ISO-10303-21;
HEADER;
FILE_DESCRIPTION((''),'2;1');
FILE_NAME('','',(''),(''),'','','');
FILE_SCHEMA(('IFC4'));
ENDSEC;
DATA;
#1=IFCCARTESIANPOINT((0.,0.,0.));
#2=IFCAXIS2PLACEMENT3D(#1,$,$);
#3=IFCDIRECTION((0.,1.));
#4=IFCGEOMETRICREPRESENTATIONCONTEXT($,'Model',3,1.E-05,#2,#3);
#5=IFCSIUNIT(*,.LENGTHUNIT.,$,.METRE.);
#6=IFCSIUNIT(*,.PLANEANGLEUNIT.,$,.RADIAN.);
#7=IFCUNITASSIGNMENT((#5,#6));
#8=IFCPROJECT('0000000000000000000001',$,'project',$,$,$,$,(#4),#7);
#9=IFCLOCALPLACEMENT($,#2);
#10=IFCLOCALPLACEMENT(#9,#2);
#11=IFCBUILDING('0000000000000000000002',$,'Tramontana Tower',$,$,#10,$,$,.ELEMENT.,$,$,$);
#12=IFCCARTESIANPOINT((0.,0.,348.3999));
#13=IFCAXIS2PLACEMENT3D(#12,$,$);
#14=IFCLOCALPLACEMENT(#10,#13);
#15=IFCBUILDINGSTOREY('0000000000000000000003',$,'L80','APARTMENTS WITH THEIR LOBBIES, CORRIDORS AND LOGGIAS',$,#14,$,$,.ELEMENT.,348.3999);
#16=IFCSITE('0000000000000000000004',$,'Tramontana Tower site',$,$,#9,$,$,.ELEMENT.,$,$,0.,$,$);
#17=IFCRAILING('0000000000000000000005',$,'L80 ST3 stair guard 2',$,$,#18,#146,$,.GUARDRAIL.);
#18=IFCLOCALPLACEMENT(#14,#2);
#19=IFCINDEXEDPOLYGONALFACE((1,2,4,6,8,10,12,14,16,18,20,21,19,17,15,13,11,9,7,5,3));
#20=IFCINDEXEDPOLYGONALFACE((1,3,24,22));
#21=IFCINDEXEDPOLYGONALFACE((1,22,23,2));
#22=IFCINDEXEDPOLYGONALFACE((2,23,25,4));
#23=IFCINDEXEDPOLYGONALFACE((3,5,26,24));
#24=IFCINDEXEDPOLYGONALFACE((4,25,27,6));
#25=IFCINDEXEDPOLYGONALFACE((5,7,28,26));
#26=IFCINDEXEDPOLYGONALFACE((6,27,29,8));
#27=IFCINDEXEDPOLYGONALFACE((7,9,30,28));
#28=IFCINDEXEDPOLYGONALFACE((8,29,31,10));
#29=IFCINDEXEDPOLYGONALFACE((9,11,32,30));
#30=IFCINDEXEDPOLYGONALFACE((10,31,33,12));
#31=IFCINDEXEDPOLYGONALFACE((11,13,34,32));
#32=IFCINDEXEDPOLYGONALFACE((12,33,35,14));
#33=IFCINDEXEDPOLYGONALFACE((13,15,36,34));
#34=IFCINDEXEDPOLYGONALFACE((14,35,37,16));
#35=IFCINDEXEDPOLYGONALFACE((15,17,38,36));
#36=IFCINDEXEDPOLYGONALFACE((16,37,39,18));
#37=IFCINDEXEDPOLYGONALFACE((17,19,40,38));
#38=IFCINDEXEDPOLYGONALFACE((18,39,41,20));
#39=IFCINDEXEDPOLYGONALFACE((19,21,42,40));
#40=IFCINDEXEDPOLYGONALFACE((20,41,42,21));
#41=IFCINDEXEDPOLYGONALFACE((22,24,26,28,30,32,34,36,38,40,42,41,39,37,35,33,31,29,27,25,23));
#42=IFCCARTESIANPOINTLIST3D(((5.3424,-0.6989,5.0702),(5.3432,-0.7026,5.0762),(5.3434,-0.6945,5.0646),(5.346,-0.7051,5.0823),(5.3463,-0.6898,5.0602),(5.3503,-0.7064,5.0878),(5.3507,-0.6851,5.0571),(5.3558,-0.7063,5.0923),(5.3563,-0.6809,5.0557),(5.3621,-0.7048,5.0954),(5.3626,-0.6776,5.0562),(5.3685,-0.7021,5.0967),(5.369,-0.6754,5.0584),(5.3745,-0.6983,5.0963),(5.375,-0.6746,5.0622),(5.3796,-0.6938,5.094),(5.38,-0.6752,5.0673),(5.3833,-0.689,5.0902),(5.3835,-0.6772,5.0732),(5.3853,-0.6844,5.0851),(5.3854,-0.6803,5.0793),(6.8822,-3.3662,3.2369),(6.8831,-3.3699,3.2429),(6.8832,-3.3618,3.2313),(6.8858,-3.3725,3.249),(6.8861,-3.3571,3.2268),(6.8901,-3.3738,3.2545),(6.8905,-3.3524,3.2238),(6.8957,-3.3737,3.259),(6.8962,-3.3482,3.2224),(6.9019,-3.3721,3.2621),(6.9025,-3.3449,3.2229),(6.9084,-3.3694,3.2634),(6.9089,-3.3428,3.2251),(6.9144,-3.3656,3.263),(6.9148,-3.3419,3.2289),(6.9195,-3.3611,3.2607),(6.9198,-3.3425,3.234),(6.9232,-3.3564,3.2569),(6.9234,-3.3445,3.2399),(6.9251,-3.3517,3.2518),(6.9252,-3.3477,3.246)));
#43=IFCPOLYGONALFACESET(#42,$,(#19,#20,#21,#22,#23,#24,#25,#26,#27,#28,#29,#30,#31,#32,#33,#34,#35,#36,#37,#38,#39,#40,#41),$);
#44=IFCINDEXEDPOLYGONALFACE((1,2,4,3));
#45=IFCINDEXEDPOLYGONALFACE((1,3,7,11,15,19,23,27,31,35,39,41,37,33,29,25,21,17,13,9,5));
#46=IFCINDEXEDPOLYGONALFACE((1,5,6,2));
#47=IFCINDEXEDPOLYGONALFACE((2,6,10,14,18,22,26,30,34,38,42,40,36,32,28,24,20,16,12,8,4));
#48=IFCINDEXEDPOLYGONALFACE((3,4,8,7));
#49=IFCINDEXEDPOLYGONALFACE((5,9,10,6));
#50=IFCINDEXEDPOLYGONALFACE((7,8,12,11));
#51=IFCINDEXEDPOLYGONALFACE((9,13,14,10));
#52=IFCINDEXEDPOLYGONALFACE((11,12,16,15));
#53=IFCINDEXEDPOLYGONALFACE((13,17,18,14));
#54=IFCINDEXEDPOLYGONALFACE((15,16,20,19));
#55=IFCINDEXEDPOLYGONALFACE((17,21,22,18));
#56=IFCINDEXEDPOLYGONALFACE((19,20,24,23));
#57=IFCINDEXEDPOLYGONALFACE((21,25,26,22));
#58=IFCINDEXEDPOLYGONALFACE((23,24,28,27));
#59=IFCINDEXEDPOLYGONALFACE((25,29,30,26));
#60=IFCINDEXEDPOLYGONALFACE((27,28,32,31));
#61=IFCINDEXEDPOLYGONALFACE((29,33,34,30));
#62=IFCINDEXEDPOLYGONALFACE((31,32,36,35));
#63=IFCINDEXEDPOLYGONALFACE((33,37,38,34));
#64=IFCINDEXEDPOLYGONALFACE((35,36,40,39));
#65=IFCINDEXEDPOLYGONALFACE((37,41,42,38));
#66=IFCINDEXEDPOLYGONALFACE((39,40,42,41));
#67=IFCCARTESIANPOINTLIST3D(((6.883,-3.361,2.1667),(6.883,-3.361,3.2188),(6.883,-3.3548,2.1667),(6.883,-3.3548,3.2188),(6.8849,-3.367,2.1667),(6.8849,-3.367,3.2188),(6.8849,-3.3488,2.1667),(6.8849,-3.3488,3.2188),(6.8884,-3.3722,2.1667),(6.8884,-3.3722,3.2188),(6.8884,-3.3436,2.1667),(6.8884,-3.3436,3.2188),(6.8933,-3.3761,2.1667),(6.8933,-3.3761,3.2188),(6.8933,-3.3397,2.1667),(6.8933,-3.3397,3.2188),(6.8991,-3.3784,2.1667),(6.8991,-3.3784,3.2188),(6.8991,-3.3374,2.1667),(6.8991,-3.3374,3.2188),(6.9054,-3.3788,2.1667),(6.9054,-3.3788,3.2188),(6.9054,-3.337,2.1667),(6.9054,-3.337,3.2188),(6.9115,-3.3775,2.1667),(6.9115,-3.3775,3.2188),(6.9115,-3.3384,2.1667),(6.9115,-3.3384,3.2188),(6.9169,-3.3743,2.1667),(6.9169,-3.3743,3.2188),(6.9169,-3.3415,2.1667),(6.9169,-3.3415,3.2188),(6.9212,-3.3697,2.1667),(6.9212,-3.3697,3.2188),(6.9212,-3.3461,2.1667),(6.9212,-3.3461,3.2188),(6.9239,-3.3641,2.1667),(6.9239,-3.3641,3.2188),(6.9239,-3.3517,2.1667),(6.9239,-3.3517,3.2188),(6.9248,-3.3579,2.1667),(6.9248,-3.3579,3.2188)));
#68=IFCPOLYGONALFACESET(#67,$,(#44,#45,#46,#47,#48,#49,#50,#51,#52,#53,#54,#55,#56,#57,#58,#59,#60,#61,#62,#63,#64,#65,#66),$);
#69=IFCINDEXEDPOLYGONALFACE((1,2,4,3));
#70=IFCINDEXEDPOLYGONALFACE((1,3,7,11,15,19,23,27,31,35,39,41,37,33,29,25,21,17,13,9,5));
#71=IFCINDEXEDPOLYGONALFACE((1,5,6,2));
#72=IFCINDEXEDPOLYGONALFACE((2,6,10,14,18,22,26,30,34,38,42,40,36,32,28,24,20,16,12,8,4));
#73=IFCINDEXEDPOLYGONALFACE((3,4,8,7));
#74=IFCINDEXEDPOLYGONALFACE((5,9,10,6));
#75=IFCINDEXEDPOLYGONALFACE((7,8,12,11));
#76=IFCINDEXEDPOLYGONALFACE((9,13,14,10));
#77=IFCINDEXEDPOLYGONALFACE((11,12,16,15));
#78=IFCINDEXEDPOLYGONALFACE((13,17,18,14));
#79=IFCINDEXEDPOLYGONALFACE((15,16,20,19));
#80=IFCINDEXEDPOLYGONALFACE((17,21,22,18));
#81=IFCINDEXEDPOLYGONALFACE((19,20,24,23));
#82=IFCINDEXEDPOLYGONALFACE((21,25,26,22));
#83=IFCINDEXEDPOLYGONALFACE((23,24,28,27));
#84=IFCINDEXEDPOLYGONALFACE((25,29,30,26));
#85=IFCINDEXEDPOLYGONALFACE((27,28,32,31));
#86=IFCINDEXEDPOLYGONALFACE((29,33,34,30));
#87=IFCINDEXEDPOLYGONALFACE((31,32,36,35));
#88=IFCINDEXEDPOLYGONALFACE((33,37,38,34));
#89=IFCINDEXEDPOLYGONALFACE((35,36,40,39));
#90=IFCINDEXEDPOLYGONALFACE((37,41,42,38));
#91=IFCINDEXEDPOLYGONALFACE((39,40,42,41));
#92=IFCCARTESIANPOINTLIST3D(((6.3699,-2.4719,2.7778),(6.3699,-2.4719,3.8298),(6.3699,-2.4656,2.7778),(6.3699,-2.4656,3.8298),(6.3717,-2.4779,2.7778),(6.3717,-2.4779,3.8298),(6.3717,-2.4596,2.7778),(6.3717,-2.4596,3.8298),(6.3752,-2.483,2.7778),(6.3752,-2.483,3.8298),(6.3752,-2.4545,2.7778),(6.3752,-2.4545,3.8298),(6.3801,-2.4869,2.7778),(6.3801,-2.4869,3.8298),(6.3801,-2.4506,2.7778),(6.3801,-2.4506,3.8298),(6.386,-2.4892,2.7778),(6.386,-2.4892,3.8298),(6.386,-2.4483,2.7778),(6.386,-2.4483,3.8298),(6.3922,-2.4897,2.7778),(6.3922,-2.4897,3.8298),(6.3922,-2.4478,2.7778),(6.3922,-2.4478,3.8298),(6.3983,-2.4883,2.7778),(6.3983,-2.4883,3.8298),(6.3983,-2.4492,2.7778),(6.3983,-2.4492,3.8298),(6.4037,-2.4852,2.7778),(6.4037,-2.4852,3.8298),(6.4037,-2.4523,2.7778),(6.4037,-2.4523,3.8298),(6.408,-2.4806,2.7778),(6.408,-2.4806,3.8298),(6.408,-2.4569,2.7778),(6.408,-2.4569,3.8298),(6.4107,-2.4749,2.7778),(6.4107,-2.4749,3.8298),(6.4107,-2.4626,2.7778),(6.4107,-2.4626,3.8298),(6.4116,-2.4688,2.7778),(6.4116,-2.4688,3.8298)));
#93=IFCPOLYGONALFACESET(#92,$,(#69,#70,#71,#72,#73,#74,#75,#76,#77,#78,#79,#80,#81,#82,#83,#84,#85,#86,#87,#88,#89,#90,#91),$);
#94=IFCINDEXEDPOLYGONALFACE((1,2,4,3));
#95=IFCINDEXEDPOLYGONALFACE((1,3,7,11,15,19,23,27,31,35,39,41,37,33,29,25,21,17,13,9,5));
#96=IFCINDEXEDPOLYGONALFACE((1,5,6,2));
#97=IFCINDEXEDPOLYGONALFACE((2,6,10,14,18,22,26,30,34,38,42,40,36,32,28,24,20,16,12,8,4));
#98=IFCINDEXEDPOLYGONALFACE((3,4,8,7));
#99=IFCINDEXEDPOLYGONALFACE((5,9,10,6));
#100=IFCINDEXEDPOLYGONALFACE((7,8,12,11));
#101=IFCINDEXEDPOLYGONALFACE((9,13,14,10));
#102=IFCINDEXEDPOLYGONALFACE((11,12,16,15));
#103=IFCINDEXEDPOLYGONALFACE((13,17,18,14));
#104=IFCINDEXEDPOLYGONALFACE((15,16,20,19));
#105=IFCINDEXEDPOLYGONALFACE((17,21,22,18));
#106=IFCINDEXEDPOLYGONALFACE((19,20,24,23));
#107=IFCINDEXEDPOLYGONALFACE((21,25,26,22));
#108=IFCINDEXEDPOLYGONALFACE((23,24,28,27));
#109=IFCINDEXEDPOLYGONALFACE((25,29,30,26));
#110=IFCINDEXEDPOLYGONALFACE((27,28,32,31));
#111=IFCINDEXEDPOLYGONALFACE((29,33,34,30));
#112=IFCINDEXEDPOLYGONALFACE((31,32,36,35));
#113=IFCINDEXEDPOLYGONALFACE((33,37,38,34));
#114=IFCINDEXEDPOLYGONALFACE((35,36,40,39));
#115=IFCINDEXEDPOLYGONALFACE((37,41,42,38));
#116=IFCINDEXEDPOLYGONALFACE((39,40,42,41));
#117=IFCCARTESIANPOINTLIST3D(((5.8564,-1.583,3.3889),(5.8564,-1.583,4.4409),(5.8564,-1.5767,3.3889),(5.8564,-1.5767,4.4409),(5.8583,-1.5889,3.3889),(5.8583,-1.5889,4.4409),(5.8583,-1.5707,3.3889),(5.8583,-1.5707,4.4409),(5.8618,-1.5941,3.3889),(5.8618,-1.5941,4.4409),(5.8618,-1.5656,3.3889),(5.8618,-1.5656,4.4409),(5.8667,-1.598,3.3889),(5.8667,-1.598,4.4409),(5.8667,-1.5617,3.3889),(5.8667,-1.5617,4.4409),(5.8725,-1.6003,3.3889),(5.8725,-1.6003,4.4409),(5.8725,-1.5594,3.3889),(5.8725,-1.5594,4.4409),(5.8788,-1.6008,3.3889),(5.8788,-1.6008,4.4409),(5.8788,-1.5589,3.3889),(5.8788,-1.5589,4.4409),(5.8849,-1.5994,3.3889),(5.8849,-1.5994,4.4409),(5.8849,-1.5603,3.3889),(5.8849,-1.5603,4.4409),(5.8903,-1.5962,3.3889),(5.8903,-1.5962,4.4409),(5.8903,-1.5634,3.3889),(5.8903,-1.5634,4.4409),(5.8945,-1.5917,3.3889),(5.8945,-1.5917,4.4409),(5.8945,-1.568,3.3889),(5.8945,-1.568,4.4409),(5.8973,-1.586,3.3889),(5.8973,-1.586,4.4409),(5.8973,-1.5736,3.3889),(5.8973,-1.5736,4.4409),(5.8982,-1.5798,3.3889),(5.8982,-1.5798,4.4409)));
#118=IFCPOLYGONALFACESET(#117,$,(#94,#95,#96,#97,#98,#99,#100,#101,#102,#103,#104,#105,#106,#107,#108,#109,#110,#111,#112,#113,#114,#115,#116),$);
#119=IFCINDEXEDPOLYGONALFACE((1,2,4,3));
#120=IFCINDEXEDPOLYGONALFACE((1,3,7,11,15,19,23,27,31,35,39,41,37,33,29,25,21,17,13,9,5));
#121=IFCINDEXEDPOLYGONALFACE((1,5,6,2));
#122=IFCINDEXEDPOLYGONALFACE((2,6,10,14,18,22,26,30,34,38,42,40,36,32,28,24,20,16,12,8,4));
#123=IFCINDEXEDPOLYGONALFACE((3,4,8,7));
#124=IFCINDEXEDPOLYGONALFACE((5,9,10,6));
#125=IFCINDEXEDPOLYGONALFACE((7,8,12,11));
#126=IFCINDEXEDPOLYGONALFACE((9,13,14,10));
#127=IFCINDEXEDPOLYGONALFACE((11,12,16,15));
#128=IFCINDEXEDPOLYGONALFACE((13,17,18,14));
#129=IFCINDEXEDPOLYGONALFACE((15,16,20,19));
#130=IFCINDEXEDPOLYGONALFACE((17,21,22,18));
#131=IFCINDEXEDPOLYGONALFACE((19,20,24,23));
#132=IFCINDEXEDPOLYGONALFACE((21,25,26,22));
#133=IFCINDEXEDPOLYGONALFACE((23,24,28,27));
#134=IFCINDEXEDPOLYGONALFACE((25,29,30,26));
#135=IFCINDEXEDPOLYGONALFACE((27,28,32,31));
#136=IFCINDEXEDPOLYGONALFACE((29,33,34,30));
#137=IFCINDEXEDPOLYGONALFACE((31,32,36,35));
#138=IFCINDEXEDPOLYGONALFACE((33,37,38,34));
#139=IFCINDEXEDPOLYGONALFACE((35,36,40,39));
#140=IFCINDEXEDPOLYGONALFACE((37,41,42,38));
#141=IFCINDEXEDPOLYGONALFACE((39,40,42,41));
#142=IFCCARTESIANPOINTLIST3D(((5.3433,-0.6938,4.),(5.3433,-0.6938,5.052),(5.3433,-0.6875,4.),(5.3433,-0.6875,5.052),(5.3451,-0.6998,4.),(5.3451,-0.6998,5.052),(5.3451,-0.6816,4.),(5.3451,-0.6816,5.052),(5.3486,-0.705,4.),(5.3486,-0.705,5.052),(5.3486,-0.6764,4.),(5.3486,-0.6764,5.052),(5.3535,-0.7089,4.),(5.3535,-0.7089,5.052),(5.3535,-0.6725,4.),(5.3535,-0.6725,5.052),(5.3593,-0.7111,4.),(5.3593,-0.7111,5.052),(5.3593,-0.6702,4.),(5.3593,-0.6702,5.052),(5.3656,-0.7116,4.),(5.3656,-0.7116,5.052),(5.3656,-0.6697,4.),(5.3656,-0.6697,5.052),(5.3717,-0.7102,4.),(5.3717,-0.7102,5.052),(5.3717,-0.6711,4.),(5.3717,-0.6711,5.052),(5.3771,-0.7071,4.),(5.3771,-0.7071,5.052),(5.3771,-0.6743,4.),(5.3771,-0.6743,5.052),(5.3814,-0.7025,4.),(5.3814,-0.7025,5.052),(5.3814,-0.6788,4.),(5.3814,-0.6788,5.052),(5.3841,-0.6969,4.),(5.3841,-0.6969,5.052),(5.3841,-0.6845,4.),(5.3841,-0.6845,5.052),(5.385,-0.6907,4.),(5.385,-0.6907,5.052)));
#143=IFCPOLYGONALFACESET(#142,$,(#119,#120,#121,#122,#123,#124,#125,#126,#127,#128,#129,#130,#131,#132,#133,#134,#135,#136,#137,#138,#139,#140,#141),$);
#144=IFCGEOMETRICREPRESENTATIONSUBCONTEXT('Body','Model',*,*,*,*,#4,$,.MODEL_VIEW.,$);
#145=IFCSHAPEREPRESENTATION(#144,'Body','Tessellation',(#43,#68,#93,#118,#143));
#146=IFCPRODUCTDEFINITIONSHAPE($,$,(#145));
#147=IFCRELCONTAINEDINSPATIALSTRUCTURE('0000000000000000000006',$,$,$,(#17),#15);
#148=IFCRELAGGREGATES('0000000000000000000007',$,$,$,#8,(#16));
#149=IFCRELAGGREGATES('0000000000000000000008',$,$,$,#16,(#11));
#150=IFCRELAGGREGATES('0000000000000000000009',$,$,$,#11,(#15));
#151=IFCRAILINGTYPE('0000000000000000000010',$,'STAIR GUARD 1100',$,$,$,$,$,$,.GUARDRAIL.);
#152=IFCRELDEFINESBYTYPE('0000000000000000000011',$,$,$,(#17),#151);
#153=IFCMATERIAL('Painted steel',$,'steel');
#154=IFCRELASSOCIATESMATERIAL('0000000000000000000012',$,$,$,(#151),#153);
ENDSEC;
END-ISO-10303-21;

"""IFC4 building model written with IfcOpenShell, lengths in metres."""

from ifc_helpers import new_model, si_unit, direction, frame, origin, origin_2d, place, context, subcontext, project, spatial, circle, extrude, material, type_object, element, save


model = new_model("IFC4")

# Units and contexts
model_context = context("Model", 3, precision=1e-05, world=origin(), true_north=direction((0.0, 1.0)))
body_context = subcontext(model_context, "Body", "Model", "MODEL_VIEW")
ifc_project = project(units=[si_unit("LENGTHUNIT", "METRE"), si_unit("PLANEANGLEUNIT", "RADIAN")], contexts=[model_context])

# Site, building, storey
site_placement = place(None, origin())
site = spatial("IfcSite", under=ifc_project, at=site_placement, Name="Tramontana Tower site", CompositionType="ELEMENT", RefElevation=0.0)
building_placement = place(site_placement, origin())
building = spatial("IfcBuilding", under=site, at=building_placement, Name="Tramontana Tower", CompositionType="ELEMENT")
storey_placement = place(building_placement, frame((0.0, 0.0, 348.3999)))
storey = spatial("IfcBuildingStorey", under=building, at=storey_placement, Name="L80", Description="APARTMENTS WITH THEIR LOBBIES, CORRIDORS AND LOGGIAS", CompositionType="ELEMENT", Elevation=348.3999)

# Railing
ifc_material_1 = material(Name="Painted steel", Category="steel")
railing_type_1 = type_object("IfcRailingType", Name="STAIR GUARD 1100", PredefinedType="GUARDRAIL", material=ifc_material_1)
railing_1_placement = place(storey_placement, frame((6.9038, -3.3579, 2.1667)))
element("IfcRailing", 1, at=railing_1_placement, inside=storey, type_object=railing_type_1, Name="L80 ST3 stair guard 2", PredefinedType="GUARDRAIL", context=body_context, shape_type="SweptSolid", body=[
    extrude(circle(Radius=0.0239, at=origin_2d()), frame((0.0, 0.0, 1.0762), z_axis=(-0.429616, 0.744181, 0.511493), x_axis=(-0.866044, -0.499967, 0.0)), (0.0, 0.0, 1.0), 3.5842),
    extrude(circle(Radius=0.021, at=origin_2d()), origin(), (0.0, 0.0, 1.0), 1.052),
    extrude(circle(Radius=0.021, at=origin_2d()), frame((-0.5132, 0.8892, 0.6111)), (0.0, 0.0, 1.0), 1.052),
    extrude(circle(Radius=0.021, at=origin_2d()), frame((-1.0266, 1.7781, 1.2222)), (0.0, 0.0, 1.0), 1.052),
    extrude(circle(Radius=0.021, at=origin_2d()), frame((-1.5398, 2.6672, 1.8333)), (0.0, 0.0, 1.0), 1.052),
])

save(model, "model.ifc")
